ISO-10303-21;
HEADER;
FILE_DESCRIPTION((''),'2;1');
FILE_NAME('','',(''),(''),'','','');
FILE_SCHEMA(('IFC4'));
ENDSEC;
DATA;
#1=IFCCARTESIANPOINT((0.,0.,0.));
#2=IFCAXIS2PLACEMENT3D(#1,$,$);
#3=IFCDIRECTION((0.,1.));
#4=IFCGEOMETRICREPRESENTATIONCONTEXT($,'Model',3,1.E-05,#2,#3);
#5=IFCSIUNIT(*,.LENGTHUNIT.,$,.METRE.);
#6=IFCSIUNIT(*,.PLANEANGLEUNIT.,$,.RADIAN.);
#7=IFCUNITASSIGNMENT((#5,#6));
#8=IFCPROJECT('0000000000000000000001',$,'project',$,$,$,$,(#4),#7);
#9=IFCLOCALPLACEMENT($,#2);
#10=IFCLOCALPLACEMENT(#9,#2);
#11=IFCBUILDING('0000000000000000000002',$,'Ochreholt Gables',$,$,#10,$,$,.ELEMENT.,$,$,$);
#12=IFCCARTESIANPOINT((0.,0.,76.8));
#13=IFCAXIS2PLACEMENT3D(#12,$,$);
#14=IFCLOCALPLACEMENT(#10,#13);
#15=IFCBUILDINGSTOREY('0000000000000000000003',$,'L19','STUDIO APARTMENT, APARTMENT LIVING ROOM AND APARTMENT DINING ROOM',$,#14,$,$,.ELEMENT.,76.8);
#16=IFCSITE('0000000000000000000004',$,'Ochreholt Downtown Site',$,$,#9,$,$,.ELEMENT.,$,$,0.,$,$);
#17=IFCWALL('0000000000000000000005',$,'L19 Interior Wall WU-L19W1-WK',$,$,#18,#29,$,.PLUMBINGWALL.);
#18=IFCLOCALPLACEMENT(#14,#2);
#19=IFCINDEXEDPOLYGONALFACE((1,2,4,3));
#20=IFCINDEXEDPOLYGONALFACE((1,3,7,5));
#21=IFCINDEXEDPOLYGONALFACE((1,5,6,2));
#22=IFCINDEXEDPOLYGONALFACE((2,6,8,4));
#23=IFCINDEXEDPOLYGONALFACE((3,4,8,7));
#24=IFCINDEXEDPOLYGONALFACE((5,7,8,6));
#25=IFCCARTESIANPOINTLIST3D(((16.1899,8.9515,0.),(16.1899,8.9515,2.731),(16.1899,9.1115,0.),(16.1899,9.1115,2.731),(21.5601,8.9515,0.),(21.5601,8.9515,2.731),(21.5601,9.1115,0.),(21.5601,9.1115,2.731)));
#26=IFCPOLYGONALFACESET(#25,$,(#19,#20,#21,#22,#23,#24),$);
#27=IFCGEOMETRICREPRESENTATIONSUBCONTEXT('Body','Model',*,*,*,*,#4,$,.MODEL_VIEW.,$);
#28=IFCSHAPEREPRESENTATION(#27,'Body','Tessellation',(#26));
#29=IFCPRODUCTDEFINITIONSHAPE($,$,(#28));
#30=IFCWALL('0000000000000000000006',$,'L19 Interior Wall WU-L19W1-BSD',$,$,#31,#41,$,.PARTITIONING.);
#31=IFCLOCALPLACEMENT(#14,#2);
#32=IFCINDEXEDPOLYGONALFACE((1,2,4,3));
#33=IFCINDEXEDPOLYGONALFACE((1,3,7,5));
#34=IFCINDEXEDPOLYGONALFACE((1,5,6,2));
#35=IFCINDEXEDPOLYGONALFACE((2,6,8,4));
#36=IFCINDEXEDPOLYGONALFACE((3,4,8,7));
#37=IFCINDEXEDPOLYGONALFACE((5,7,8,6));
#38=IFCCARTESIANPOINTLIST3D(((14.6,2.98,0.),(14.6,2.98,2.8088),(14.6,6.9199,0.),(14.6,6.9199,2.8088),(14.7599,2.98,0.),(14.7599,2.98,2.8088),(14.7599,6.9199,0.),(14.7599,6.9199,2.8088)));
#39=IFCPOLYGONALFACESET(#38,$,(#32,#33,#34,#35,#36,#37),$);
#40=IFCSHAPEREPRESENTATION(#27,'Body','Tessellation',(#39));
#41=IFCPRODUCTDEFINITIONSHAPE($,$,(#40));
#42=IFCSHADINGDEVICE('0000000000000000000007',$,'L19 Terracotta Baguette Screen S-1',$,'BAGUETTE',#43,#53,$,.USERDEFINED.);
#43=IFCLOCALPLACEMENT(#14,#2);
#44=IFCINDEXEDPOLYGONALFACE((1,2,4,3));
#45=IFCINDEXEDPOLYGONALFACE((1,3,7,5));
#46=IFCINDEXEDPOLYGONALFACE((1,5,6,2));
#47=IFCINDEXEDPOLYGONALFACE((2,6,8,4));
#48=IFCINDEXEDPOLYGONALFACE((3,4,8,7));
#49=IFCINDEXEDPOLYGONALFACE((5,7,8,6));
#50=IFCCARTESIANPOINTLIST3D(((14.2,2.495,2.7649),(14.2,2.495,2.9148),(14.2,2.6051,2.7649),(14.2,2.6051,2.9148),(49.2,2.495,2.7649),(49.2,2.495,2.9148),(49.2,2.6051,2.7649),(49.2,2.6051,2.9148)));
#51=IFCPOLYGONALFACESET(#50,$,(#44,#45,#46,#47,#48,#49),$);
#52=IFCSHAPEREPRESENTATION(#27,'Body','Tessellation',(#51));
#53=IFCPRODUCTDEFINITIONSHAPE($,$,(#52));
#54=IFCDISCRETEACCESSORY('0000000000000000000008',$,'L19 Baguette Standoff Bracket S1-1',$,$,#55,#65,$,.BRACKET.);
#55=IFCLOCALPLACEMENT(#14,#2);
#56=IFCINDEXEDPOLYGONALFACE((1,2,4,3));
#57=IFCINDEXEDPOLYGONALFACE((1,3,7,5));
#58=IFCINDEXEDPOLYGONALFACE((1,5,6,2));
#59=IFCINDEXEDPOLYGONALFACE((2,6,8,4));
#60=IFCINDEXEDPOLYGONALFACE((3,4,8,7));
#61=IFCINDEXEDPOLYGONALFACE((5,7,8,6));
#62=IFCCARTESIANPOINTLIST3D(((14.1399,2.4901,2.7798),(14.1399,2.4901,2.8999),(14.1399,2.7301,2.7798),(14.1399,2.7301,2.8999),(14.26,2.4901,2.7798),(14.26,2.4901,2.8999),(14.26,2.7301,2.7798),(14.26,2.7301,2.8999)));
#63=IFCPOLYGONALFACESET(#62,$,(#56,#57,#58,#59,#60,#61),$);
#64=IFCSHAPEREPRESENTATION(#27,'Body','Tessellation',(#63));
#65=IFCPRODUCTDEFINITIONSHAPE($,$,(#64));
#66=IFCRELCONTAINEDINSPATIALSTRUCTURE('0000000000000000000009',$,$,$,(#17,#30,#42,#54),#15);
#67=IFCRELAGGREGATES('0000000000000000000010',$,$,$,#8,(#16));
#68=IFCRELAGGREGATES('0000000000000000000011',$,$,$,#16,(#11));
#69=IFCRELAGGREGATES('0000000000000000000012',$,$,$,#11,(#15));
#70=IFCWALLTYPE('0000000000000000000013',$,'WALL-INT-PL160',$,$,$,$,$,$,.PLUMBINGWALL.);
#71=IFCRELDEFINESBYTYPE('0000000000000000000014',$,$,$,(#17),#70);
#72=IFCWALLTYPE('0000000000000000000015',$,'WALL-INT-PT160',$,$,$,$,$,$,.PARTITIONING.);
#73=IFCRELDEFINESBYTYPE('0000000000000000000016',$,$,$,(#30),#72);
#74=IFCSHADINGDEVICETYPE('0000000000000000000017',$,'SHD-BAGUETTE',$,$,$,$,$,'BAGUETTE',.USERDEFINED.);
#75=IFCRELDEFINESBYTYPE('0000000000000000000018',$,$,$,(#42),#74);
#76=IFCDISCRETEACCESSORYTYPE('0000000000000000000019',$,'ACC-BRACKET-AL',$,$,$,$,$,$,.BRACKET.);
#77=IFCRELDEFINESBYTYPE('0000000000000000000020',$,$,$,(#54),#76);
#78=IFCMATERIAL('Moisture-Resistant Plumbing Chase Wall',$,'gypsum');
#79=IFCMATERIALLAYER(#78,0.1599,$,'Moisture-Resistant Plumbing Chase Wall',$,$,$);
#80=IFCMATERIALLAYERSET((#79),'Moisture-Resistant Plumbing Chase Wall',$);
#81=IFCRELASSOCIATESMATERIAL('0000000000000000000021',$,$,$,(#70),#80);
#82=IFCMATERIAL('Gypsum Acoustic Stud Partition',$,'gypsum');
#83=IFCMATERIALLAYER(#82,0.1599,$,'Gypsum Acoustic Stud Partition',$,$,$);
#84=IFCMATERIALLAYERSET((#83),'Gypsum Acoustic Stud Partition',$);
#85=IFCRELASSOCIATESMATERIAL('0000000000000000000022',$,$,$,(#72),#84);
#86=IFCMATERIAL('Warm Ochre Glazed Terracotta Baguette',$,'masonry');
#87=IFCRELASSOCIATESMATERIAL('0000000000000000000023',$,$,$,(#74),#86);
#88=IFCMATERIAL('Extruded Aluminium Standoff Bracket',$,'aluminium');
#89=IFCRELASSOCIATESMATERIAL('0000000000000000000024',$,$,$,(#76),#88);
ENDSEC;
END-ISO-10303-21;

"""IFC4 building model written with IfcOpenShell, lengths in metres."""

from ifc_helpers import new_model, si_unit, direction, frame, frame_2d, origin, origin_2d, place, context, subcontext, project, spatial, rectangle, extrude, material, layer, layer_set, material_profile, profile_set, type_object, element, save


model = new_model("IFC4")

# Units and contexts
model_context = context("Model", 3, precision=1e-05, world=origin(), true_north=direction((0.0, 1.0)))
body_context = subcontext(model_context, "Body", "Model", "MODEL_VIEW")
ifc_project = project(units=[si_unit("LENGTHUNIT", "METRE"), si_unit("PLANEANGLEUNIT", "RADIAN")], contexts=[model_context])

# Site, building, storey
site_placement = place(None, origin())
site = spatial("IfcSite", under=ifc_project, at=site_placement, Name="Ochreholt Downtown Site", CompositionType="ELEMENT", RefElevation=0.0)
building_placement = place(site_placement, origin())
building = spatial("IfcBuilding", under=site, at=building_placement, Name="Ochreholt Gables", CompositionType="ELEMENT")
storey_placement = place(building_placement, frame((0.0, 0.0, 76.8)))
storey = spatial("IfcBuildingStorey", under=building, at=storey_placement, Name="L19", Description="STUDIO APARTMENT, APARTMENT LIVING ROOM AND APARTMENT DINING ROOM", CompositionType="ELEMENT", Elevation=76.8)

# Shared definitions
ifc_material_1 = material(Name="Moisture-Resistant Plumbing Chase Wall", Category="gypsum")
ifc_layer_1 = layer(ifc_material_1, 0.1599, Name="Moisture-Resistant Plumbing Chase Wall")
ifc_layer_set_1 = layer_set([ifc_layer_1], Name="Moisture-Resistant Plumbing Chase Wall")
wall_type_1 = type_object("IfcWallType", Name="WALL-INT-PL160", PredefinedType="PLUMBINGWALL", material=ifc_layer_set_1)

# Walls
wall_1_placement = place(storey_placement, frame((16.1899, 9.0315, 0.0), z_axis=(0.0, 0.0, 1.0), x_axis=(1.0, 0.0, 0.0)))
element("IfcWall", 1, at=wall_1_placement, inside=storey, type_object=wall_type_1, Name="L19 Interior Wall WU-L19W1-WK", PredefinedType="PLUMBINGWALL", context=body_context, shape_type="SweptSolid", body=[
    extrude(rectangle(XDim=5.3701, YDim=0.1599, at=frame_2d((2.6851, 0.0))), origin(), (0.0, 0.0, 1.0), 2.731),
])
ifc_material_2 = material(Name="Gypsum Acoustic Stud Partition", Category="gypsum")
ifc_layer_2 = layer(ifc_material_2, 0.1599, Name="Gypsum Acoustic Stud Partition")
ifc_layer_set_2 = layer_set([ifc_layer_2], Name="Gypsum Acoustic Stud Partition")
wall_type_2 = type_object("IfcWallType", Name="WALL-INT-PT160", PredefinedType="PARTITIONING", material=ifc_layer_set_2)
wall_2_placement = place(storey_placement, frame((14.6799, 2.98, 0.0), z_axis=(0.0, 0.0, 1.0), x_axis=(0.0, 1.0, 0.0)))
element("IfcWall", 2, at=wall_2_placement, inside=storey, type_object=wall_type_2, Name="L19 Interior Wall WU-L19W1-BSD", PredefinedType="PARTITIONING", context=body_context, shape_type="SweptSolid", body=[
    extrude(rectangle(XDim=3.9399, YDim=0.1599, at=frame_2d((1.97, 0.0))), origin(), (0.0, 0.0, 1.0), 2.8088),
])

# Shading device
ifc_material_3 = material(Name="Warm Ochre Glazed Terracotta Baguette", Category="masonry")
ifc_material_profile_1 = material_profile(ifc_material_3, rectangle(XDim=0.1101, YDim=0.1499, at=origin_2d()), Name="TCBAG110X150")
ifc_profile_set_1 = profile_set([ifc_material_profile_1], Name="Warm Ochre Glazed Terracotta Baguette")
shading_device_type = type_object("IfcShadingDeviceType", Name="SHD-BAGUETTE", ElementType="BAGUETTE", PredefinedType="USERDEFINED", material=ifc_profile_set_1)
shading_device_placement = place(storey_placement, frame((14.2, 2.55, 2.8398), z_axis=(1.0, 0.0, 0.0), x_axis=(0.0, 1.0, 0.0)))
element("IfcShadingDevice", 3, at=shading_device_placement, inside=storey, type_object=shading_device_type, Name="L19 Terracotta Baguette Screen S-1", ObjectType="BAGUETTE", PredefinedType="USERDEFINED", context=body_context, shape_type="SweptSolid", body=[
    extrude(rectangle(XDim=0.1101, YDim=0.1499, at=origin_2d()), origin(), (0.0, 0.0, 1.0), 35.0),
])

# Discrete accessory
ifc_material_4 = material(Name="Extruded Aluminium Standoff Bracket", Category="aluminium")
discrete_accessory_type = type_object("IfcDiscreteAccessoryType", Name="ACC-BRACKET-AL", PredefinedType="BRACKET", material=ifc_material_4)
discrete_accessory_placement = place(storey_placement, frame((14.2, 2.6101, 2.7798), z_axis=(0.0, 0.0, 1.0), x_axis=(1.0, 0.0, 0.0)))
element("IfcDiscreteAccessory", 4, at=discrete_accessory_placement, inside=storey, type_object=discrete_accessory_type, Name="L19 Baguette Standoff Bracket S1-1", PredefinedType="BRACKET", context=body_context, shape_type="SweptSolid", body=[
    extrude(rectangle(XDim=0.1201, YDim=0.24, at=origin_2d()), origin(), (0.0, 0.0, 1.0), 0.1201),
])

save(model, "model.ifc")
